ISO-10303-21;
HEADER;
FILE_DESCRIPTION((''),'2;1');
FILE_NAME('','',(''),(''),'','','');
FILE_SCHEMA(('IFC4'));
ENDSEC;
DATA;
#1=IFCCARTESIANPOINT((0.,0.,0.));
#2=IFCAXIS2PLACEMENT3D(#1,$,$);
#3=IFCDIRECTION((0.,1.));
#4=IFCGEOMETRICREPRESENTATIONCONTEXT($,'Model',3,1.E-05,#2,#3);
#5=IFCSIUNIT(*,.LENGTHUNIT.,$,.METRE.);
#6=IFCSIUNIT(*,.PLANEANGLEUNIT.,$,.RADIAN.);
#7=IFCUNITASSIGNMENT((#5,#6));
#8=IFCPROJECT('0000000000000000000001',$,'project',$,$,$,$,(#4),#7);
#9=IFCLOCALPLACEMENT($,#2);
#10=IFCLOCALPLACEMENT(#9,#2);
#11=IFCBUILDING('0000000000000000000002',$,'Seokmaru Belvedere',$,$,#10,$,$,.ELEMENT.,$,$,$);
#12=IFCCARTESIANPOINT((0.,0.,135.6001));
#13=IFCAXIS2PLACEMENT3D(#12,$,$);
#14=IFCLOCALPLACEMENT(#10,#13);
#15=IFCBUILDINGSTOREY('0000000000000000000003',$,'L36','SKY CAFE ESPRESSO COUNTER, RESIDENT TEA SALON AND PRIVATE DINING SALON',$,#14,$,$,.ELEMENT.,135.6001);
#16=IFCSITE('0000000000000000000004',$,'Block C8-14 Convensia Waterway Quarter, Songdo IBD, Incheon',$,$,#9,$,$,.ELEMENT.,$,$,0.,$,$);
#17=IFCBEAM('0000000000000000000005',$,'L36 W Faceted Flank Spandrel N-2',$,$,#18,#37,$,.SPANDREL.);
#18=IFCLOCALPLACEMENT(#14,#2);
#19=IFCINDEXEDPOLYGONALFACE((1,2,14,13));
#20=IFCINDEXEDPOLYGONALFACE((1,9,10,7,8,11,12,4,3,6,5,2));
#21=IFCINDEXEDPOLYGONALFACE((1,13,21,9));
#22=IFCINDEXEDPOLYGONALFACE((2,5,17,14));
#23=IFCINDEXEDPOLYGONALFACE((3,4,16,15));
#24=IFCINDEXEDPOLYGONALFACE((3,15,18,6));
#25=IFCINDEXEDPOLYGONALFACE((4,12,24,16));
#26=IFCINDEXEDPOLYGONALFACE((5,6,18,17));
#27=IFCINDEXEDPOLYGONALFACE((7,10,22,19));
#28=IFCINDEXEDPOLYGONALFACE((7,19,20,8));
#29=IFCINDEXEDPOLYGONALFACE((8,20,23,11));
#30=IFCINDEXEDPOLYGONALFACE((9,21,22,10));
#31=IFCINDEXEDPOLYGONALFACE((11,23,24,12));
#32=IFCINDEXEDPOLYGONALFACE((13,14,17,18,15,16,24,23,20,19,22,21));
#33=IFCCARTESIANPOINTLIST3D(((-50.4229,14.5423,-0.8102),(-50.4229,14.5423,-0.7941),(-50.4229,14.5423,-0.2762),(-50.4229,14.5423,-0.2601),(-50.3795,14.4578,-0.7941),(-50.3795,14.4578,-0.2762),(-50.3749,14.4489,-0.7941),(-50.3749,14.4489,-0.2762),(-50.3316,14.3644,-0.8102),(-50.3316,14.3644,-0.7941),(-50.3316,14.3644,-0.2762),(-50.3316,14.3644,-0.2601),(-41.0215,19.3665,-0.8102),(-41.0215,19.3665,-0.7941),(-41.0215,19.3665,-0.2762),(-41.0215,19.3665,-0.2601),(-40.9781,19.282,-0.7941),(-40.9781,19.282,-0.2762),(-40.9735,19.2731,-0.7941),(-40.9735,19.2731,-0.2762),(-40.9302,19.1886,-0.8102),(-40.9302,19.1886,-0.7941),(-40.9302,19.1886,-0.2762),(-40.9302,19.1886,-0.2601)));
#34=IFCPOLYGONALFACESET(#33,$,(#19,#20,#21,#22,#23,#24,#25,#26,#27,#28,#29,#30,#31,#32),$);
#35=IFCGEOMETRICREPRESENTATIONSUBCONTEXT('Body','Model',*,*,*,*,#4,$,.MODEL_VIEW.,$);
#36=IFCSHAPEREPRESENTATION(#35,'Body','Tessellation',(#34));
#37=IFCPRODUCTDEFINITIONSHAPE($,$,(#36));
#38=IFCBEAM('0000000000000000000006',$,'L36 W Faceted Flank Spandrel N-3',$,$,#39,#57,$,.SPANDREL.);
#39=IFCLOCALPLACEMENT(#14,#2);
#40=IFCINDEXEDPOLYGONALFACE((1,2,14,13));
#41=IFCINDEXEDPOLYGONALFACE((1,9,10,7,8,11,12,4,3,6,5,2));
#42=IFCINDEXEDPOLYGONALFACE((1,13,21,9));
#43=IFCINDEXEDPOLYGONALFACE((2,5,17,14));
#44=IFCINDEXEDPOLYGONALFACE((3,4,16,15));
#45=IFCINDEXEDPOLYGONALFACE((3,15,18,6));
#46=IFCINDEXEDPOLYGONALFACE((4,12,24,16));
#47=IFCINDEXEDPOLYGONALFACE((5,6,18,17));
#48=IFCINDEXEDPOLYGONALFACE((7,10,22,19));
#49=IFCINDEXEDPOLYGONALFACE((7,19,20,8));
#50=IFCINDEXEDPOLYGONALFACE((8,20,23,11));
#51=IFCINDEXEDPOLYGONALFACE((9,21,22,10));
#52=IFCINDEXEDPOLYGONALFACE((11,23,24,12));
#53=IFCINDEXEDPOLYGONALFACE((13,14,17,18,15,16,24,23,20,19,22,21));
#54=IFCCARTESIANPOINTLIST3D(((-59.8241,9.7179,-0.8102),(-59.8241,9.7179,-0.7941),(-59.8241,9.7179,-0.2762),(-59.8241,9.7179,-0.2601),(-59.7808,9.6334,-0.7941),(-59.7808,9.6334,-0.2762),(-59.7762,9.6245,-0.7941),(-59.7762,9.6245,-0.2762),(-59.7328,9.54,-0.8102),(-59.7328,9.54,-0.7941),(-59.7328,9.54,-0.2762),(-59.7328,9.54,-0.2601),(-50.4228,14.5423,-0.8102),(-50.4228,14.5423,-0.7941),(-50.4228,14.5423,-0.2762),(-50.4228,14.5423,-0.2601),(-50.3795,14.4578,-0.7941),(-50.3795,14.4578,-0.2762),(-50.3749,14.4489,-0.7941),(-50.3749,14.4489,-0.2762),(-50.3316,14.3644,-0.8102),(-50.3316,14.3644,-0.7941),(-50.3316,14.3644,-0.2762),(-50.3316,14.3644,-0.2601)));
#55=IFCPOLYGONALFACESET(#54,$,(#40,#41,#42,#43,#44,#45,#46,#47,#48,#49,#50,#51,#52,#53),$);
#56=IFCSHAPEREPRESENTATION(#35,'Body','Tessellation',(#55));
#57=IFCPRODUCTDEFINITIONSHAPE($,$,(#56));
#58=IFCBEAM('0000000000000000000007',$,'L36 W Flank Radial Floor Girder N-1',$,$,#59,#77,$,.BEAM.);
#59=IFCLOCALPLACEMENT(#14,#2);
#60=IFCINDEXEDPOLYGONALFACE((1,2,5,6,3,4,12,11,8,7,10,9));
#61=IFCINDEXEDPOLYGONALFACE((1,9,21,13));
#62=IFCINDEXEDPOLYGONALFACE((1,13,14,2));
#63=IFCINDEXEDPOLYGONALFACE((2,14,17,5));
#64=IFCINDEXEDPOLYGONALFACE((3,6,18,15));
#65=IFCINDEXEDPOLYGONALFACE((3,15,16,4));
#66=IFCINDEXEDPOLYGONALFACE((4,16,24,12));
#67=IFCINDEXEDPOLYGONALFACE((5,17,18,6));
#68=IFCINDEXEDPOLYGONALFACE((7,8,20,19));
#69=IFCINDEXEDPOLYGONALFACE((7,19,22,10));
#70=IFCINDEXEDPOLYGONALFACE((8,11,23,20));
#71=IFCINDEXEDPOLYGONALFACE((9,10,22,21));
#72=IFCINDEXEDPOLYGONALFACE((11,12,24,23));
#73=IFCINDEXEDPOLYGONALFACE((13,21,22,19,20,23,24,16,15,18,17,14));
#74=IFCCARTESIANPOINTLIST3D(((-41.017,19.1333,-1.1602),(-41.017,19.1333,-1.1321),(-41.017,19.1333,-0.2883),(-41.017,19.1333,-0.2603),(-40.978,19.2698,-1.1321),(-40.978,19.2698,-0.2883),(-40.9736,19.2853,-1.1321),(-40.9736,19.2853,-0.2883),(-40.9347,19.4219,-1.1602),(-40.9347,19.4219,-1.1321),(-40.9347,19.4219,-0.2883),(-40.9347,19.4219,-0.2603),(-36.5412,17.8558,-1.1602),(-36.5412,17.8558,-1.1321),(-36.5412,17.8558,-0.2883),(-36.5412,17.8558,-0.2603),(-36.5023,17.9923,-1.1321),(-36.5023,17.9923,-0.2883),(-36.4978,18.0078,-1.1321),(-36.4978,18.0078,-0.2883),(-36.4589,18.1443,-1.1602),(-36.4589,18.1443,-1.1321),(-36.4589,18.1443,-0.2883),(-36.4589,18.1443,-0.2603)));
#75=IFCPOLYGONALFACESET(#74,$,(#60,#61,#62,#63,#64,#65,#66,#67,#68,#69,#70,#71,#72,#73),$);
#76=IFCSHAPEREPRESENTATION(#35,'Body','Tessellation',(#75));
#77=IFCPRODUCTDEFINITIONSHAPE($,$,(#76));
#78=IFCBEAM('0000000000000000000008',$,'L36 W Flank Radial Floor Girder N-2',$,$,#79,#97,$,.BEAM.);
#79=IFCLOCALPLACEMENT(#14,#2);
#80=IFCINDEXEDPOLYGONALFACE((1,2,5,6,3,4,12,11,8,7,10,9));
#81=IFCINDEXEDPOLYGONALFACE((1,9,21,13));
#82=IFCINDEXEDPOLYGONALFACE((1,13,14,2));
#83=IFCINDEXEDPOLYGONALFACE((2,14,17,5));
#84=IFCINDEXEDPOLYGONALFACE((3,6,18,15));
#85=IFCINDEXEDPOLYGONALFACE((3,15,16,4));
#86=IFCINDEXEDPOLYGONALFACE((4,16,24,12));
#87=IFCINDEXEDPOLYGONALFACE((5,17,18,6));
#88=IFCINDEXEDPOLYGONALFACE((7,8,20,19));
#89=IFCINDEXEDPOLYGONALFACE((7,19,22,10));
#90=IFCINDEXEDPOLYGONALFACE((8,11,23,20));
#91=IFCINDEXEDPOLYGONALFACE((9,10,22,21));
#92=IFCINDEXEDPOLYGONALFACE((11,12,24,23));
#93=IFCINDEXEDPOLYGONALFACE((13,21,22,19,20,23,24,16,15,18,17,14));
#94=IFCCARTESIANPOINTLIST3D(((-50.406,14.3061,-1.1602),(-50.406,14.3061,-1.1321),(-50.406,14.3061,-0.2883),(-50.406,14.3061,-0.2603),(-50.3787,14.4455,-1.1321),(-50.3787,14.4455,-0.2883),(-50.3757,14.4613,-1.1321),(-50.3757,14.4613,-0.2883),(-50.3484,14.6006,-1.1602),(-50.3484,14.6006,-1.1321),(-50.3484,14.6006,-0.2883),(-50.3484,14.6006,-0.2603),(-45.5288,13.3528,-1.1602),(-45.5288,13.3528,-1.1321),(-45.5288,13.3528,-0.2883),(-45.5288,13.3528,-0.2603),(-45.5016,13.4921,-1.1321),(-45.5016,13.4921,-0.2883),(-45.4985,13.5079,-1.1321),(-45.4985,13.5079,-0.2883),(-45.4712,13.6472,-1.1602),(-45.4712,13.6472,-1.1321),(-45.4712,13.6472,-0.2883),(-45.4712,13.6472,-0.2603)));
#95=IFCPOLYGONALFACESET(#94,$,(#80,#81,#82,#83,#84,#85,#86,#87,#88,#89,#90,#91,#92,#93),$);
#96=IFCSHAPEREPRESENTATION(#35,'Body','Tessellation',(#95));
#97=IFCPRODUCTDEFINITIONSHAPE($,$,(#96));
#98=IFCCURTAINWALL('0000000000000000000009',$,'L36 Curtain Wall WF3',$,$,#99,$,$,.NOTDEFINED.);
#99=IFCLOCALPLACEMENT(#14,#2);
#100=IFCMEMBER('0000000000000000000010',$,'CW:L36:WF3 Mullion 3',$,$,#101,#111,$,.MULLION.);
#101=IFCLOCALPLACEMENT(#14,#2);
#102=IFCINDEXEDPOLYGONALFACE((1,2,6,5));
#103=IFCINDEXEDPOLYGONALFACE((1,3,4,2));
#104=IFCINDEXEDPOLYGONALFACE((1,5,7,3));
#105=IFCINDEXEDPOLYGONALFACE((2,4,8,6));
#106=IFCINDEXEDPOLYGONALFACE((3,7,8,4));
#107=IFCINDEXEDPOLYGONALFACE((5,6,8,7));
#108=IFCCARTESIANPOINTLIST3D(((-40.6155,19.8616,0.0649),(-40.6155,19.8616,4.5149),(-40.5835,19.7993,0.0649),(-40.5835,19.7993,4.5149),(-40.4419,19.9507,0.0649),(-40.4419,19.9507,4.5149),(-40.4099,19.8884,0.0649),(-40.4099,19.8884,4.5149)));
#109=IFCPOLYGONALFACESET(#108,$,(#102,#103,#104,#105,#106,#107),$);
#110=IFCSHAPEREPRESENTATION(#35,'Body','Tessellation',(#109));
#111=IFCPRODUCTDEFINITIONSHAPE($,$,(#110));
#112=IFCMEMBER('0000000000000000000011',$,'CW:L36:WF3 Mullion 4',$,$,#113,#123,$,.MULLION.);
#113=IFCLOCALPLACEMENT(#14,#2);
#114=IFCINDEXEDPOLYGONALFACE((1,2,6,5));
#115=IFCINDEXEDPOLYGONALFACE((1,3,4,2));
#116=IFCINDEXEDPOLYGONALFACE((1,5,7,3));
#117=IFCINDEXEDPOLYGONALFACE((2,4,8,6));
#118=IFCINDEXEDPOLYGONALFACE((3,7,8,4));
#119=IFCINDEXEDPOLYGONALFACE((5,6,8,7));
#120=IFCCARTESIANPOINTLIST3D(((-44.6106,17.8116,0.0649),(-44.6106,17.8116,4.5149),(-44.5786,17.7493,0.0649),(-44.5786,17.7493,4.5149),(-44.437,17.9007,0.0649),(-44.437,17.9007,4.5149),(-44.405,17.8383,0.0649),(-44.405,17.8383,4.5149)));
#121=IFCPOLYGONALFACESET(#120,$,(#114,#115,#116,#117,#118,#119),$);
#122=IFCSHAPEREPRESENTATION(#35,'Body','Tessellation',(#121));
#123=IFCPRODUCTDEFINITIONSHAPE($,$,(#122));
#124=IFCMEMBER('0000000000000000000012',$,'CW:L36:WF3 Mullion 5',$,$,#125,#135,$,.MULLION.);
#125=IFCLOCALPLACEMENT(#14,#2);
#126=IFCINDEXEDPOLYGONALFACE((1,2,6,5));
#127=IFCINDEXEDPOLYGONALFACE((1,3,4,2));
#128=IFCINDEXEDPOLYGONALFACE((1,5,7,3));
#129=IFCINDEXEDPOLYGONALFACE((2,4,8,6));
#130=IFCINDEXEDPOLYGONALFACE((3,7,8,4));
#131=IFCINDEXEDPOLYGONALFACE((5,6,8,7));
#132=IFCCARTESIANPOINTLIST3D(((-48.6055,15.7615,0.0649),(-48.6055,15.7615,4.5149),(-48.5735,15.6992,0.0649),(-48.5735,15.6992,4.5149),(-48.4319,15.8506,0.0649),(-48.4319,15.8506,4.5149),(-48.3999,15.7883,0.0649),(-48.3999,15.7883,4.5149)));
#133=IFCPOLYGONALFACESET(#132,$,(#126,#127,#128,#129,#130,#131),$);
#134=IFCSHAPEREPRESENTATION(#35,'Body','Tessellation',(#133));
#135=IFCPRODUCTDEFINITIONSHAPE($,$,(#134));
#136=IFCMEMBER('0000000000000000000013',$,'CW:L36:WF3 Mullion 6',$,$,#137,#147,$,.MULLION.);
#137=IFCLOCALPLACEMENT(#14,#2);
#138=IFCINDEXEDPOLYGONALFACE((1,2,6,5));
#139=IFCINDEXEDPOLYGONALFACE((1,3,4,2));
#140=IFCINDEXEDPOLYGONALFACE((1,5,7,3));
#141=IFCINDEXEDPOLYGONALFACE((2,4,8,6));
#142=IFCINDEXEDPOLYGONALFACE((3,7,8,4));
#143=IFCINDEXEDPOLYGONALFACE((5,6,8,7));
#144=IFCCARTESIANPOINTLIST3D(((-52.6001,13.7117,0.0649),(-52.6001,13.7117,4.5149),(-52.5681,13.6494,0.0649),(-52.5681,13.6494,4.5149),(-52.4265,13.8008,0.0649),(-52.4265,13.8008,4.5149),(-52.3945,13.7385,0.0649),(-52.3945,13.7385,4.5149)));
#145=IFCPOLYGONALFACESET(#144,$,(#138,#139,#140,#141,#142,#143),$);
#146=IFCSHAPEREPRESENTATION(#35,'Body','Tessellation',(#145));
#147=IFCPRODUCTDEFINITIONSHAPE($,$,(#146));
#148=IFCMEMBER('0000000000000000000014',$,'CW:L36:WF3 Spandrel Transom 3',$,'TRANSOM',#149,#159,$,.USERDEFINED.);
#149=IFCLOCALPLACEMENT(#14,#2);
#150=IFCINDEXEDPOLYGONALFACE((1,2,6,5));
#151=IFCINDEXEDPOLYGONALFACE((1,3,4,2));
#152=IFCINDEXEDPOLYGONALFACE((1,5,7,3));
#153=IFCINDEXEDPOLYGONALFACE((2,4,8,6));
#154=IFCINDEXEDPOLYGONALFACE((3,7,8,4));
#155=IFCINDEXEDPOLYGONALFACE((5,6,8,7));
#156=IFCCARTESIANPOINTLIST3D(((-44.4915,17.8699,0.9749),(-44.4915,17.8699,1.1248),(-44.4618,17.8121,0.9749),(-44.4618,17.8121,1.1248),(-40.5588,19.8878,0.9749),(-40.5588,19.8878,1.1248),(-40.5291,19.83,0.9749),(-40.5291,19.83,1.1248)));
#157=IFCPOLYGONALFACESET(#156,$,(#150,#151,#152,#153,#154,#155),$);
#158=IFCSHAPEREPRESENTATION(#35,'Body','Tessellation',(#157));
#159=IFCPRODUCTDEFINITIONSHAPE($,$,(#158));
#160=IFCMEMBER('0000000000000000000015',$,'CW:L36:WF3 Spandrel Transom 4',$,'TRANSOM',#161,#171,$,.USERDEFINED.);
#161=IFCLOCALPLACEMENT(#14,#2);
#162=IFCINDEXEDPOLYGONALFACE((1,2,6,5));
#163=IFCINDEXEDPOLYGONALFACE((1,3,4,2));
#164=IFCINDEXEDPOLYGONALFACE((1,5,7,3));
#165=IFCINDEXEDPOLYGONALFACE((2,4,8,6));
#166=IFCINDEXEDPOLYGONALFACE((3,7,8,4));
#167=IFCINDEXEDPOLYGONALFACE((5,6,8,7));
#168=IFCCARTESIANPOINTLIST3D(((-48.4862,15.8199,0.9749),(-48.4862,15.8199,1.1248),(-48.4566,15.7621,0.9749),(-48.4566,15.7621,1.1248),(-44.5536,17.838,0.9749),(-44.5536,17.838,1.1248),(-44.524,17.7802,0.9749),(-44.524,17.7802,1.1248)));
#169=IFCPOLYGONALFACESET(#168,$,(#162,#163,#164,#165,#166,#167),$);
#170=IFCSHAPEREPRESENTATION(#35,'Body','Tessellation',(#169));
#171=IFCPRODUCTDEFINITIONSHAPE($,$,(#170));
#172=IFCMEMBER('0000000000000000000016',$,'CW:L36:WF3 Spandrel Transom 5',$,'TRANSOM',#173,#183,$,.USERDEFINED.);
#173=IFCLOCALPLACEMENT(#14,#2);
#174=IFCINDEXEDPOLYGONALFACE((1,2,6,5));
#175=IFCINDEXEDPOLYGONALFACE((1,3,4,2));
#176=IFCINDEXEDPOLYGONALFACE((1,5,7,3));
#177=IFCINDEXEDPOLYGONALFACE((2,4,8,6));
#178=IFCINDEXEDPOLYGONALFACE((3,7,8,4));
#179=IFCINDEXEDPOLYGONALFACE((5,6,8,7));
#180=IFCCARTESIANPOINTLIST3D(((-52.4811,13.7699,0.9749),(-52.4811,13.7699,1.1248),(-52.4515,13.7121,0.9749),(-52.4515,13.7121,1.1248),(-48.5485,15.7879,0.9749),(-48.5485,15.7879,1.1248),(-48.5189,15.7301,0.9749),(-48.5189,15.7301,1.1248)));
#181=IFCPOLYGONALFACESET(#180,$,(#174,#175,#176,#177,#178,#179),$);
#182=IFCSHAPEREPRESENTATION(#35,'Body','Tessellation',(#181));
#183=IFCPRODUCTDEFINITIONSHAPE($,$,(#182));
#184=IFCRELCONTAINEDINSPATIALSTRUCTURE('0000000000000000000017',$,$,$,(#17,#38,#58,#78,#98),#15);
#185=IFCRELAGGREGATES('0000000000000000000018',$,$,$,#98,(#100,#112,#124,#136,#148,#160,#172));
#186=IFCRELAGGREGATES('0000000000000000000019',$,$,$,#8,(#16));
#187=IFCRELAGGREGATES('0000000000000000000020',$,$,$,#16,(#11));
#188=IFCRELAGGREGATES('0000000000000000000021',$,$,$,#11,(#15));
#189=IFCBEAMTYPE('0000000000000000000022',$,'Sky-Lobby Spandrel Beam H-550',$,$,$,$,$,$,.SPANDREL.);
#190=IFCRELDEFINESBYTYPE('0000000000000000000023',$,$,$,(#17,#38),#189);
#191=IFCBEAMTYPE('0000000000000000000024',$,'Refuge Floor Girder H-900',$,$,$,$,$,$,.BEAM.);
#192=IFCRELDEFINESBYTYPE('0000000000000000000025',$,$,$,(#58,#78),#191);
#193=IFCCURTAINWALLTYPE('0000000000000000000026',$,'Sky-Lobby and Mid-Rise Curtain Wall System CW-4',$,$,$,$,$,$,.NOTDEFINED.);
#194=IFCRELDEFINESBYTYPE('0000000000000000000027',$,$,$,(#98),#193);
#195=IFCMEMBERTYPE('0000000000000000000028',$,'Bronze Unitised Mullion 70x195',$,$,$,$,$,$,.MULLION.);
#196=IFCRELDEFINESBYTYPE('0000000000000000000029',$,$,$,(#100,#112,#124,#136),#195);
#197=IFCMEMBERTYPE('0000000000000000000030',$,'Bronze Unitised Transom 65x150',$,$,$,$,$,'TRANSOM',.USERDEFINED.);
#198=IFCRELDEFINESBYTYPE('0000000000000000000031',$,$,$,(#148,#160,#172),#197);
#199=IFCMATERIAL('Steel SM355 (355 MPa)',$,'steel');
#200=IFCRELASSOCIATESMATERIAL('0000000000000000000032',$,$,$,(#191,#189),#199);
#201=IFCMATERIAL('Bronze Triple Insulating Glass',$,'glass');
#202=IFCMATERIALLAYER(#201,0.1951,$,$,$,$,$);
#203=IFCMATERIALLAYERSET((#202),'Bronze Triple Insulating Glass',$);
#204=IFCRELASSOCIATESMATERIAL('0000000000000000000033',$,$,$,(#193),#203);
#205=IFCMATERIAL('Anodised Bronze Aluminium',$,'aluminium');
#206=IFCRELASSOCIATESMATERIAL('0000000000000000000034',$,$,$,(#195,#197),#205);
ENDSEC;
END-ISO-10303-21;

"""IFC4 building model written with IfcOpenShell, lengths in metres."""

from ifc_helpers import new_model, si_unit, direction, frame, origin, origin_2d, place, context, subcontext, project, spatial, rectangle, i_section, extrude, source, transform, mapped, material, layer, layer_set, material_profile, profile_set, type_object, type_shapes, element, aggregate, save


model = new_model("IFC4")

# Units and contexts
model_context = context("Model", 3, precision=1e-05, world=origin(), true_north=direction((0.0, 1.0)))
body_context = subcontext(model_context, "Body", "Model", "MODEL_VIEW")
ifc_project = project(units=[si_unit("LENGTHUNIT", "METRE"), si_unit("PLANEANGLEUNIT", "RADIAN")], contexts=[model_context])

# Site, building, storey
site_placement = place(None, origin())
site = spatial("IfcSite", under=ifc_project, at=site_placement, Name="Block C8-14 Convensia Waterway Quarter, Songdo IBD, Incheon", CompositionType="ELEMENT", RefElevation=0.0)
building_placement = place(site_placement, origin())
building = spatial("IfcBuilding", under=site, at=building_placement, Name="Seokmaru Belvedere", CompositionType="ELEMENT")
storey_placement = place(building_placement, frame((0.0, 0.0, 135.6001)))
storey = spatial("IfcBuildingStorey", under=building, at=storey_placement, Name="L36", Description="SKY CAFE ESPRESSO COUNTER, RESIDENT TEA SALON AND PRIVATE DINING SALON", CompositionType="ELEMENT", Elevation=135.6001)

# Shared definitions
ifc_material_1 = material(Name="Steel SM355 (355 MPa)", Category="steel")

# Beams
ifc_material_profile_1 = material_profile(ifc_material_1, i_section(OverallWidth=0.3, OverallDepth=0.8999, WebThickness=0.0161, FlangeThickness=0.0281, at=origin_2d()), Name="H-900x300x16x28")
ifc_profile_set_1 = profile_set([ifc_material_profile_1], Name="Steel SM355 (355 MPa)")
beam_type_1 = type_object("IfcBeamType", Name="Refuge Floor Girder H-900", PredefinedType="BEAM", material=ifc_profile_set_1)
ifc_material_profile_2 = material_profile(ifc_material_1, i_section(OverallWidth=0.2, OverallDepth=0.55, WebThickness=0.01, FlangeThickness=0.0161, at=origin_2d()), Name="H-550x200x10x16")
ifc_profile_set_2 = profile_set([ifc_material_profile_2], Name="Steel SM355 (355 MPa)")
beam_type_2 = type_object("IfcBeamType", Name="Sky-Lobby Spandrel Beam H-550", PredefinedType="SPANDREL", material=ifc_profile_set_2)
shared_shape_1 = source(origin(), body_context, "Body", "SweptSolid", [
    extrude(i_section(OverallWidth=0.2, OverallDepth=0.55, WebThickness=0.01, FlangeThickness=0.0161, at=origin_2d()), origin(), (0.0, 0.0, 1.0), 10.5669),
])
type_shapes(beam_type_2, [shared_shape_1])
for number, where, z_axis, x_axis, name in (
    (1, (-40.9758, 19.2776, -0.5352), (-0.889702, -0.456542, 0.0), (0.456542, -0.889702, 0.0), "L36 W Faceted Flank Spandrel N-2"),
    (2, (-50.3772, 14.4534, -0.5352), (-0.889693, -0.45656, 0.0), (0.45656, -0.889693, 0.0), "L36 W Faceted Flank Spandrel N-3"),
):
    element("IfcBeam", number, at=place(storey_placement, frame(where, z_axis=z_axis, x_axis=x_axis)), inside=storey, type_object=beam_type_2, Name=name, PredefinedType="SPANDREL", context=body_context, shape_type="MappedRepresentation", body=[
        mapped(shared_shape_1, transform((0.0, 0.0, 0.0), scale=1.0)),
    ])
shared_shape_2 = source(origin(), body_context, "Body", "SweptSolid", [
    extrude(i_section(OverallWidth=0.3, OverallDepth=0.8999, WebThickness=0.0161, FlangeThickness=0.0281, at=origin_2d()), origin(), (0.0, 0.0, 1.0), 4.6545),
])
beam_1_placement = place(storey_placement, frame((-40.9758, 19.2776, -0.7102), z_axis=(0.961593, -0.274479, 0.0), x_axis=(0.274479, 0.961593, 0.0)))
element("IfcBeam", 3, at=beam_1_placement, inside=storey, type_object=beam_type_1, Name="L36 W Flank Radial Floor Girder N-1", PredefinedType="BEAM", context=body_context, shape_type="MappedRepresentation", body=[
    mapped(shared_shape_2, transform((0.0, 0.0, 0.0), scale=1.0)),
])
shared_shape_3 = source(origin(), body_context, "Body", "SweptSolid", [
    extrude(i_section(OverallWidth=0.3, OverallDepth=0.8999, WebThickness=0.0161, FlangeThickness=0.0281, at=origin_2d()), origin(), (0.0, 0.0, 1.0), 4.9695),
])
beam_2_placement = place(storey_placement, frame((-50.3772, 14.4534, -0.7102), z_axis=(0.981425, -0.191844, 0.0), x_axis=(0.191844, 0.981425, 0.0)))
element("IfcBeam", 4, at=beam_2_placement, inside=storey, type_object=beam_type_1, Name="L36 W Flank Radial Floor Girder N-2", PredefinedType="BEAM", context=body_context, shape_type="MappedRepresentation", body=[
    mapped(shared_shape_3, transform((0.0, 0.0, 0.0), scale=1.0)),
])

# Curtain wall, members
ifc_material_2 = material(Name="Bronze Triple Insulating Glass", Category="glass")
ifc_layer_1 = layer(ifc_material_2, 0.1951)
ifc_layer_set_1 = layer_set([ifc_layer_1], Name="Bronze Triple Insulating Glass")
curtain_wall_type = type_object("IfcCurtainWallType", Name="Sky-Lobby and Mid-Rise Curtain Wall System CW-4", PredefinedType="NOTDEFINED", material=ifc_layer_set_1)
curtain_wall_placement = place(storey_placement, origin())
curtain_wall = element("IfcCurtainWall", 5, at=curtain_wall_placement, inside=storey, type_object=curtain_wall_type, Name="L36 Curtain Wall WF3", PredefinedType="NOTDEFINED")
ifc_material_3 = material(Name="Anodised Bronze Aluminium", Category="aluminium")
ifc_material_profile_3 = material_profile(ifc_material_3, rectangle(XDim=0.0701, YDim=0.1951, at=origin_2d()), Name="CW-M-70x195")
ifc_profile_set_3 = profile_set([ifc_material_profile_3], Name="Anodised Bronze Aluminium")
member_type_1 = type_object("IfcMemberType", Name="Bronze Unitised Mullion 70x195", PredefinedType="MULLION", material=ifc_profile_set_3)
shared_shape_4 = source(origin(), body_context, "Body", "SweptSolid", [
    extrude(rectangle(XDim=0.0701, YDim=0.1951, at=origin_2d()), origin(), (0.0, 0.0, 1.0), 4.45),
])
type_shapes(member_type_1, [shared_shape_4])
member_1_placement = place(storey_placement, frame((-40.5127, 19.875, 0.0649), z_axis=(0.0, 0.0, 1.0), x_axis=(0.456555, -0.889695, 0.0)))
member_1 = element("IfcMember", 6, at=member_1_placement, type_object=member_type_1, Name="CW:L36:WF3 Mullion 3", PredefinedType="MULLION", context=body_context, shape_type="MappedRepresentation", body=[
    mapped(shared_shape_4, transform((0.0, 0.0, 0.0), scale=1.0)),
])
member_2_placement = place(storey_placement, frame((-44.5078, 17.825, 0.0649), z_axis=(0.0, 0.0, 1.0), x_axis=(0.456555, -0.889695, 0.0)))
member_2 = element("IfcMember", 7, at=member_2_placement, type_object=member_type_1, Name="CW:L36:WF3 Mullion 4", PredefinedType="MULLION", context=body_context, shape_type="MappedRepresentation", body=[
    mapped(shared_shape_4, transform((0.0, 0.0, 0.0), scale=1.0)),
])
member_3_placement = place(storey_placement, frame((-48.5027, 15.7749, 0.0649), z_axis=(0.0, 0.0, 1.0), x_axis=(0.456555, -0.889695, 0.0)))
member_3 = element("IfcMember", 8, at=member_3_placement, type_object=member_type_1, Name="CW:L36:WF3 Mullion 5", PredefinedType="MULLION", context=body_context, shape_type="MappedRepresentation", body=[
    mapped(shared_shape_4, transform((0.0, 0.0, 0.0), scale=1.0)),
])
member_4_placement = place(storey_placement, frame((-52.4973, 13.7251, 0.0649), z_axis=(0.0, 0.0, 1.0), x_axis=(0.456555, -0.889695, 0.0)))
member_4 = element("IfcMember", 9, at=member_4_placement, type_object=member_type_1, Name="CW:L36:WF3 Mullion 6", PredefinedType="MULLION", context=body_context, shape_type="MappedRepresentation", body=[
    mapped(shared_shape_4, transform((0.0, 0.0, 0.0), scale=1.0)),
])
ifc_material_profile_4 = material_profile(ifc_material_3, rectangle(XDim=0.0649, YDim=0.1499, at=origin_2d()), Name="CW-T-65x150")
ifc_profile_set_4 = profile_set([ifc_material_profile_4], Name="Anodised Bronze Aluminium")
member_type_2 = type_object("IfcMemberType", Name="Bronze Unitised Transom 65x150", ElementType="TRANSOM", PredefinedType="USERDEFINED", material=ifc_profile_set_4)
shared_shape_5 = source(origin(), body_context, "Body", "SweptSolid", [
    extrude(rectangle(XDim=0.0649, YDim=0.1499, at=origin_2d()), origin(), (0.0, 0.0, 1.0), 4.4202),
])
type_shapes(member_type_2, [shared_shape_5])
member_5_placement = place(storey_placement, frame((-40.5439, 19.8589, 1.0498), z_axis=(-0.889717, -0.456513, 0.0), x_axis=(0.456513, -0.889717, 0.0)))
member_5 = element("IfcMember", 10, at=member_5_placement, type_object=member_type_2, Name="CW:L36:WF3 Spandrel Transom 3", ObjectType="TRANSOM", PredefinedType="USERDEFINED", context=body_context, shape_type="MappedRepresentation", body=[
    mapped(shared_shape_5, transform((0.0, 0.0, 0.0), scale=1.0)),
])
member_6_placement = place(storey_placement, frame((-44.5388, 17.8091, 1.0498), z_axis=(-0.889694, -0.456557, 0.0), x_axis=(0.456557, -0.889694, 0.0)))
member_6 = element("IfcMember", 11, at=member_6_placement, type_object=member_type_2, Name="CW:L36:WF3 Spandrel Transom 4", ObjectType="TRANSOM", PredefinedType="USERDEFINED", context=body_context, shape_type="MappedRepresentation", body=[
    mapped(shared_shape_5, transform((0.0, 0.0, 0.0), scale=1.0)),
])
member_7_placement = place(storey_placement, frame((-48.5337, 15.759, 1.0498), z_axis=(-0.889694, -0.456557, 0.0), x_axis=(0.456557, -0.889694, 0.0)))
member_7 = element("IfcMember", 12, at=member_7_placement, type_object=member_type_2, Name="CW:L36:WF3 Spandrel Transom 5", ObjectType="TRANSOM", PredefinedType="USERDEFINED", context=body_context, shape_type="MappedRepresentation", body=[
    mapped(shared_shape_5, transform((0.0, 0.0, 0.0), scale=1.0)),
])
aggregate(curtain_wall, [member_1, member_2, member_3, member_4, member_5, member_6, member_7])

save(model, "model.ifc")
